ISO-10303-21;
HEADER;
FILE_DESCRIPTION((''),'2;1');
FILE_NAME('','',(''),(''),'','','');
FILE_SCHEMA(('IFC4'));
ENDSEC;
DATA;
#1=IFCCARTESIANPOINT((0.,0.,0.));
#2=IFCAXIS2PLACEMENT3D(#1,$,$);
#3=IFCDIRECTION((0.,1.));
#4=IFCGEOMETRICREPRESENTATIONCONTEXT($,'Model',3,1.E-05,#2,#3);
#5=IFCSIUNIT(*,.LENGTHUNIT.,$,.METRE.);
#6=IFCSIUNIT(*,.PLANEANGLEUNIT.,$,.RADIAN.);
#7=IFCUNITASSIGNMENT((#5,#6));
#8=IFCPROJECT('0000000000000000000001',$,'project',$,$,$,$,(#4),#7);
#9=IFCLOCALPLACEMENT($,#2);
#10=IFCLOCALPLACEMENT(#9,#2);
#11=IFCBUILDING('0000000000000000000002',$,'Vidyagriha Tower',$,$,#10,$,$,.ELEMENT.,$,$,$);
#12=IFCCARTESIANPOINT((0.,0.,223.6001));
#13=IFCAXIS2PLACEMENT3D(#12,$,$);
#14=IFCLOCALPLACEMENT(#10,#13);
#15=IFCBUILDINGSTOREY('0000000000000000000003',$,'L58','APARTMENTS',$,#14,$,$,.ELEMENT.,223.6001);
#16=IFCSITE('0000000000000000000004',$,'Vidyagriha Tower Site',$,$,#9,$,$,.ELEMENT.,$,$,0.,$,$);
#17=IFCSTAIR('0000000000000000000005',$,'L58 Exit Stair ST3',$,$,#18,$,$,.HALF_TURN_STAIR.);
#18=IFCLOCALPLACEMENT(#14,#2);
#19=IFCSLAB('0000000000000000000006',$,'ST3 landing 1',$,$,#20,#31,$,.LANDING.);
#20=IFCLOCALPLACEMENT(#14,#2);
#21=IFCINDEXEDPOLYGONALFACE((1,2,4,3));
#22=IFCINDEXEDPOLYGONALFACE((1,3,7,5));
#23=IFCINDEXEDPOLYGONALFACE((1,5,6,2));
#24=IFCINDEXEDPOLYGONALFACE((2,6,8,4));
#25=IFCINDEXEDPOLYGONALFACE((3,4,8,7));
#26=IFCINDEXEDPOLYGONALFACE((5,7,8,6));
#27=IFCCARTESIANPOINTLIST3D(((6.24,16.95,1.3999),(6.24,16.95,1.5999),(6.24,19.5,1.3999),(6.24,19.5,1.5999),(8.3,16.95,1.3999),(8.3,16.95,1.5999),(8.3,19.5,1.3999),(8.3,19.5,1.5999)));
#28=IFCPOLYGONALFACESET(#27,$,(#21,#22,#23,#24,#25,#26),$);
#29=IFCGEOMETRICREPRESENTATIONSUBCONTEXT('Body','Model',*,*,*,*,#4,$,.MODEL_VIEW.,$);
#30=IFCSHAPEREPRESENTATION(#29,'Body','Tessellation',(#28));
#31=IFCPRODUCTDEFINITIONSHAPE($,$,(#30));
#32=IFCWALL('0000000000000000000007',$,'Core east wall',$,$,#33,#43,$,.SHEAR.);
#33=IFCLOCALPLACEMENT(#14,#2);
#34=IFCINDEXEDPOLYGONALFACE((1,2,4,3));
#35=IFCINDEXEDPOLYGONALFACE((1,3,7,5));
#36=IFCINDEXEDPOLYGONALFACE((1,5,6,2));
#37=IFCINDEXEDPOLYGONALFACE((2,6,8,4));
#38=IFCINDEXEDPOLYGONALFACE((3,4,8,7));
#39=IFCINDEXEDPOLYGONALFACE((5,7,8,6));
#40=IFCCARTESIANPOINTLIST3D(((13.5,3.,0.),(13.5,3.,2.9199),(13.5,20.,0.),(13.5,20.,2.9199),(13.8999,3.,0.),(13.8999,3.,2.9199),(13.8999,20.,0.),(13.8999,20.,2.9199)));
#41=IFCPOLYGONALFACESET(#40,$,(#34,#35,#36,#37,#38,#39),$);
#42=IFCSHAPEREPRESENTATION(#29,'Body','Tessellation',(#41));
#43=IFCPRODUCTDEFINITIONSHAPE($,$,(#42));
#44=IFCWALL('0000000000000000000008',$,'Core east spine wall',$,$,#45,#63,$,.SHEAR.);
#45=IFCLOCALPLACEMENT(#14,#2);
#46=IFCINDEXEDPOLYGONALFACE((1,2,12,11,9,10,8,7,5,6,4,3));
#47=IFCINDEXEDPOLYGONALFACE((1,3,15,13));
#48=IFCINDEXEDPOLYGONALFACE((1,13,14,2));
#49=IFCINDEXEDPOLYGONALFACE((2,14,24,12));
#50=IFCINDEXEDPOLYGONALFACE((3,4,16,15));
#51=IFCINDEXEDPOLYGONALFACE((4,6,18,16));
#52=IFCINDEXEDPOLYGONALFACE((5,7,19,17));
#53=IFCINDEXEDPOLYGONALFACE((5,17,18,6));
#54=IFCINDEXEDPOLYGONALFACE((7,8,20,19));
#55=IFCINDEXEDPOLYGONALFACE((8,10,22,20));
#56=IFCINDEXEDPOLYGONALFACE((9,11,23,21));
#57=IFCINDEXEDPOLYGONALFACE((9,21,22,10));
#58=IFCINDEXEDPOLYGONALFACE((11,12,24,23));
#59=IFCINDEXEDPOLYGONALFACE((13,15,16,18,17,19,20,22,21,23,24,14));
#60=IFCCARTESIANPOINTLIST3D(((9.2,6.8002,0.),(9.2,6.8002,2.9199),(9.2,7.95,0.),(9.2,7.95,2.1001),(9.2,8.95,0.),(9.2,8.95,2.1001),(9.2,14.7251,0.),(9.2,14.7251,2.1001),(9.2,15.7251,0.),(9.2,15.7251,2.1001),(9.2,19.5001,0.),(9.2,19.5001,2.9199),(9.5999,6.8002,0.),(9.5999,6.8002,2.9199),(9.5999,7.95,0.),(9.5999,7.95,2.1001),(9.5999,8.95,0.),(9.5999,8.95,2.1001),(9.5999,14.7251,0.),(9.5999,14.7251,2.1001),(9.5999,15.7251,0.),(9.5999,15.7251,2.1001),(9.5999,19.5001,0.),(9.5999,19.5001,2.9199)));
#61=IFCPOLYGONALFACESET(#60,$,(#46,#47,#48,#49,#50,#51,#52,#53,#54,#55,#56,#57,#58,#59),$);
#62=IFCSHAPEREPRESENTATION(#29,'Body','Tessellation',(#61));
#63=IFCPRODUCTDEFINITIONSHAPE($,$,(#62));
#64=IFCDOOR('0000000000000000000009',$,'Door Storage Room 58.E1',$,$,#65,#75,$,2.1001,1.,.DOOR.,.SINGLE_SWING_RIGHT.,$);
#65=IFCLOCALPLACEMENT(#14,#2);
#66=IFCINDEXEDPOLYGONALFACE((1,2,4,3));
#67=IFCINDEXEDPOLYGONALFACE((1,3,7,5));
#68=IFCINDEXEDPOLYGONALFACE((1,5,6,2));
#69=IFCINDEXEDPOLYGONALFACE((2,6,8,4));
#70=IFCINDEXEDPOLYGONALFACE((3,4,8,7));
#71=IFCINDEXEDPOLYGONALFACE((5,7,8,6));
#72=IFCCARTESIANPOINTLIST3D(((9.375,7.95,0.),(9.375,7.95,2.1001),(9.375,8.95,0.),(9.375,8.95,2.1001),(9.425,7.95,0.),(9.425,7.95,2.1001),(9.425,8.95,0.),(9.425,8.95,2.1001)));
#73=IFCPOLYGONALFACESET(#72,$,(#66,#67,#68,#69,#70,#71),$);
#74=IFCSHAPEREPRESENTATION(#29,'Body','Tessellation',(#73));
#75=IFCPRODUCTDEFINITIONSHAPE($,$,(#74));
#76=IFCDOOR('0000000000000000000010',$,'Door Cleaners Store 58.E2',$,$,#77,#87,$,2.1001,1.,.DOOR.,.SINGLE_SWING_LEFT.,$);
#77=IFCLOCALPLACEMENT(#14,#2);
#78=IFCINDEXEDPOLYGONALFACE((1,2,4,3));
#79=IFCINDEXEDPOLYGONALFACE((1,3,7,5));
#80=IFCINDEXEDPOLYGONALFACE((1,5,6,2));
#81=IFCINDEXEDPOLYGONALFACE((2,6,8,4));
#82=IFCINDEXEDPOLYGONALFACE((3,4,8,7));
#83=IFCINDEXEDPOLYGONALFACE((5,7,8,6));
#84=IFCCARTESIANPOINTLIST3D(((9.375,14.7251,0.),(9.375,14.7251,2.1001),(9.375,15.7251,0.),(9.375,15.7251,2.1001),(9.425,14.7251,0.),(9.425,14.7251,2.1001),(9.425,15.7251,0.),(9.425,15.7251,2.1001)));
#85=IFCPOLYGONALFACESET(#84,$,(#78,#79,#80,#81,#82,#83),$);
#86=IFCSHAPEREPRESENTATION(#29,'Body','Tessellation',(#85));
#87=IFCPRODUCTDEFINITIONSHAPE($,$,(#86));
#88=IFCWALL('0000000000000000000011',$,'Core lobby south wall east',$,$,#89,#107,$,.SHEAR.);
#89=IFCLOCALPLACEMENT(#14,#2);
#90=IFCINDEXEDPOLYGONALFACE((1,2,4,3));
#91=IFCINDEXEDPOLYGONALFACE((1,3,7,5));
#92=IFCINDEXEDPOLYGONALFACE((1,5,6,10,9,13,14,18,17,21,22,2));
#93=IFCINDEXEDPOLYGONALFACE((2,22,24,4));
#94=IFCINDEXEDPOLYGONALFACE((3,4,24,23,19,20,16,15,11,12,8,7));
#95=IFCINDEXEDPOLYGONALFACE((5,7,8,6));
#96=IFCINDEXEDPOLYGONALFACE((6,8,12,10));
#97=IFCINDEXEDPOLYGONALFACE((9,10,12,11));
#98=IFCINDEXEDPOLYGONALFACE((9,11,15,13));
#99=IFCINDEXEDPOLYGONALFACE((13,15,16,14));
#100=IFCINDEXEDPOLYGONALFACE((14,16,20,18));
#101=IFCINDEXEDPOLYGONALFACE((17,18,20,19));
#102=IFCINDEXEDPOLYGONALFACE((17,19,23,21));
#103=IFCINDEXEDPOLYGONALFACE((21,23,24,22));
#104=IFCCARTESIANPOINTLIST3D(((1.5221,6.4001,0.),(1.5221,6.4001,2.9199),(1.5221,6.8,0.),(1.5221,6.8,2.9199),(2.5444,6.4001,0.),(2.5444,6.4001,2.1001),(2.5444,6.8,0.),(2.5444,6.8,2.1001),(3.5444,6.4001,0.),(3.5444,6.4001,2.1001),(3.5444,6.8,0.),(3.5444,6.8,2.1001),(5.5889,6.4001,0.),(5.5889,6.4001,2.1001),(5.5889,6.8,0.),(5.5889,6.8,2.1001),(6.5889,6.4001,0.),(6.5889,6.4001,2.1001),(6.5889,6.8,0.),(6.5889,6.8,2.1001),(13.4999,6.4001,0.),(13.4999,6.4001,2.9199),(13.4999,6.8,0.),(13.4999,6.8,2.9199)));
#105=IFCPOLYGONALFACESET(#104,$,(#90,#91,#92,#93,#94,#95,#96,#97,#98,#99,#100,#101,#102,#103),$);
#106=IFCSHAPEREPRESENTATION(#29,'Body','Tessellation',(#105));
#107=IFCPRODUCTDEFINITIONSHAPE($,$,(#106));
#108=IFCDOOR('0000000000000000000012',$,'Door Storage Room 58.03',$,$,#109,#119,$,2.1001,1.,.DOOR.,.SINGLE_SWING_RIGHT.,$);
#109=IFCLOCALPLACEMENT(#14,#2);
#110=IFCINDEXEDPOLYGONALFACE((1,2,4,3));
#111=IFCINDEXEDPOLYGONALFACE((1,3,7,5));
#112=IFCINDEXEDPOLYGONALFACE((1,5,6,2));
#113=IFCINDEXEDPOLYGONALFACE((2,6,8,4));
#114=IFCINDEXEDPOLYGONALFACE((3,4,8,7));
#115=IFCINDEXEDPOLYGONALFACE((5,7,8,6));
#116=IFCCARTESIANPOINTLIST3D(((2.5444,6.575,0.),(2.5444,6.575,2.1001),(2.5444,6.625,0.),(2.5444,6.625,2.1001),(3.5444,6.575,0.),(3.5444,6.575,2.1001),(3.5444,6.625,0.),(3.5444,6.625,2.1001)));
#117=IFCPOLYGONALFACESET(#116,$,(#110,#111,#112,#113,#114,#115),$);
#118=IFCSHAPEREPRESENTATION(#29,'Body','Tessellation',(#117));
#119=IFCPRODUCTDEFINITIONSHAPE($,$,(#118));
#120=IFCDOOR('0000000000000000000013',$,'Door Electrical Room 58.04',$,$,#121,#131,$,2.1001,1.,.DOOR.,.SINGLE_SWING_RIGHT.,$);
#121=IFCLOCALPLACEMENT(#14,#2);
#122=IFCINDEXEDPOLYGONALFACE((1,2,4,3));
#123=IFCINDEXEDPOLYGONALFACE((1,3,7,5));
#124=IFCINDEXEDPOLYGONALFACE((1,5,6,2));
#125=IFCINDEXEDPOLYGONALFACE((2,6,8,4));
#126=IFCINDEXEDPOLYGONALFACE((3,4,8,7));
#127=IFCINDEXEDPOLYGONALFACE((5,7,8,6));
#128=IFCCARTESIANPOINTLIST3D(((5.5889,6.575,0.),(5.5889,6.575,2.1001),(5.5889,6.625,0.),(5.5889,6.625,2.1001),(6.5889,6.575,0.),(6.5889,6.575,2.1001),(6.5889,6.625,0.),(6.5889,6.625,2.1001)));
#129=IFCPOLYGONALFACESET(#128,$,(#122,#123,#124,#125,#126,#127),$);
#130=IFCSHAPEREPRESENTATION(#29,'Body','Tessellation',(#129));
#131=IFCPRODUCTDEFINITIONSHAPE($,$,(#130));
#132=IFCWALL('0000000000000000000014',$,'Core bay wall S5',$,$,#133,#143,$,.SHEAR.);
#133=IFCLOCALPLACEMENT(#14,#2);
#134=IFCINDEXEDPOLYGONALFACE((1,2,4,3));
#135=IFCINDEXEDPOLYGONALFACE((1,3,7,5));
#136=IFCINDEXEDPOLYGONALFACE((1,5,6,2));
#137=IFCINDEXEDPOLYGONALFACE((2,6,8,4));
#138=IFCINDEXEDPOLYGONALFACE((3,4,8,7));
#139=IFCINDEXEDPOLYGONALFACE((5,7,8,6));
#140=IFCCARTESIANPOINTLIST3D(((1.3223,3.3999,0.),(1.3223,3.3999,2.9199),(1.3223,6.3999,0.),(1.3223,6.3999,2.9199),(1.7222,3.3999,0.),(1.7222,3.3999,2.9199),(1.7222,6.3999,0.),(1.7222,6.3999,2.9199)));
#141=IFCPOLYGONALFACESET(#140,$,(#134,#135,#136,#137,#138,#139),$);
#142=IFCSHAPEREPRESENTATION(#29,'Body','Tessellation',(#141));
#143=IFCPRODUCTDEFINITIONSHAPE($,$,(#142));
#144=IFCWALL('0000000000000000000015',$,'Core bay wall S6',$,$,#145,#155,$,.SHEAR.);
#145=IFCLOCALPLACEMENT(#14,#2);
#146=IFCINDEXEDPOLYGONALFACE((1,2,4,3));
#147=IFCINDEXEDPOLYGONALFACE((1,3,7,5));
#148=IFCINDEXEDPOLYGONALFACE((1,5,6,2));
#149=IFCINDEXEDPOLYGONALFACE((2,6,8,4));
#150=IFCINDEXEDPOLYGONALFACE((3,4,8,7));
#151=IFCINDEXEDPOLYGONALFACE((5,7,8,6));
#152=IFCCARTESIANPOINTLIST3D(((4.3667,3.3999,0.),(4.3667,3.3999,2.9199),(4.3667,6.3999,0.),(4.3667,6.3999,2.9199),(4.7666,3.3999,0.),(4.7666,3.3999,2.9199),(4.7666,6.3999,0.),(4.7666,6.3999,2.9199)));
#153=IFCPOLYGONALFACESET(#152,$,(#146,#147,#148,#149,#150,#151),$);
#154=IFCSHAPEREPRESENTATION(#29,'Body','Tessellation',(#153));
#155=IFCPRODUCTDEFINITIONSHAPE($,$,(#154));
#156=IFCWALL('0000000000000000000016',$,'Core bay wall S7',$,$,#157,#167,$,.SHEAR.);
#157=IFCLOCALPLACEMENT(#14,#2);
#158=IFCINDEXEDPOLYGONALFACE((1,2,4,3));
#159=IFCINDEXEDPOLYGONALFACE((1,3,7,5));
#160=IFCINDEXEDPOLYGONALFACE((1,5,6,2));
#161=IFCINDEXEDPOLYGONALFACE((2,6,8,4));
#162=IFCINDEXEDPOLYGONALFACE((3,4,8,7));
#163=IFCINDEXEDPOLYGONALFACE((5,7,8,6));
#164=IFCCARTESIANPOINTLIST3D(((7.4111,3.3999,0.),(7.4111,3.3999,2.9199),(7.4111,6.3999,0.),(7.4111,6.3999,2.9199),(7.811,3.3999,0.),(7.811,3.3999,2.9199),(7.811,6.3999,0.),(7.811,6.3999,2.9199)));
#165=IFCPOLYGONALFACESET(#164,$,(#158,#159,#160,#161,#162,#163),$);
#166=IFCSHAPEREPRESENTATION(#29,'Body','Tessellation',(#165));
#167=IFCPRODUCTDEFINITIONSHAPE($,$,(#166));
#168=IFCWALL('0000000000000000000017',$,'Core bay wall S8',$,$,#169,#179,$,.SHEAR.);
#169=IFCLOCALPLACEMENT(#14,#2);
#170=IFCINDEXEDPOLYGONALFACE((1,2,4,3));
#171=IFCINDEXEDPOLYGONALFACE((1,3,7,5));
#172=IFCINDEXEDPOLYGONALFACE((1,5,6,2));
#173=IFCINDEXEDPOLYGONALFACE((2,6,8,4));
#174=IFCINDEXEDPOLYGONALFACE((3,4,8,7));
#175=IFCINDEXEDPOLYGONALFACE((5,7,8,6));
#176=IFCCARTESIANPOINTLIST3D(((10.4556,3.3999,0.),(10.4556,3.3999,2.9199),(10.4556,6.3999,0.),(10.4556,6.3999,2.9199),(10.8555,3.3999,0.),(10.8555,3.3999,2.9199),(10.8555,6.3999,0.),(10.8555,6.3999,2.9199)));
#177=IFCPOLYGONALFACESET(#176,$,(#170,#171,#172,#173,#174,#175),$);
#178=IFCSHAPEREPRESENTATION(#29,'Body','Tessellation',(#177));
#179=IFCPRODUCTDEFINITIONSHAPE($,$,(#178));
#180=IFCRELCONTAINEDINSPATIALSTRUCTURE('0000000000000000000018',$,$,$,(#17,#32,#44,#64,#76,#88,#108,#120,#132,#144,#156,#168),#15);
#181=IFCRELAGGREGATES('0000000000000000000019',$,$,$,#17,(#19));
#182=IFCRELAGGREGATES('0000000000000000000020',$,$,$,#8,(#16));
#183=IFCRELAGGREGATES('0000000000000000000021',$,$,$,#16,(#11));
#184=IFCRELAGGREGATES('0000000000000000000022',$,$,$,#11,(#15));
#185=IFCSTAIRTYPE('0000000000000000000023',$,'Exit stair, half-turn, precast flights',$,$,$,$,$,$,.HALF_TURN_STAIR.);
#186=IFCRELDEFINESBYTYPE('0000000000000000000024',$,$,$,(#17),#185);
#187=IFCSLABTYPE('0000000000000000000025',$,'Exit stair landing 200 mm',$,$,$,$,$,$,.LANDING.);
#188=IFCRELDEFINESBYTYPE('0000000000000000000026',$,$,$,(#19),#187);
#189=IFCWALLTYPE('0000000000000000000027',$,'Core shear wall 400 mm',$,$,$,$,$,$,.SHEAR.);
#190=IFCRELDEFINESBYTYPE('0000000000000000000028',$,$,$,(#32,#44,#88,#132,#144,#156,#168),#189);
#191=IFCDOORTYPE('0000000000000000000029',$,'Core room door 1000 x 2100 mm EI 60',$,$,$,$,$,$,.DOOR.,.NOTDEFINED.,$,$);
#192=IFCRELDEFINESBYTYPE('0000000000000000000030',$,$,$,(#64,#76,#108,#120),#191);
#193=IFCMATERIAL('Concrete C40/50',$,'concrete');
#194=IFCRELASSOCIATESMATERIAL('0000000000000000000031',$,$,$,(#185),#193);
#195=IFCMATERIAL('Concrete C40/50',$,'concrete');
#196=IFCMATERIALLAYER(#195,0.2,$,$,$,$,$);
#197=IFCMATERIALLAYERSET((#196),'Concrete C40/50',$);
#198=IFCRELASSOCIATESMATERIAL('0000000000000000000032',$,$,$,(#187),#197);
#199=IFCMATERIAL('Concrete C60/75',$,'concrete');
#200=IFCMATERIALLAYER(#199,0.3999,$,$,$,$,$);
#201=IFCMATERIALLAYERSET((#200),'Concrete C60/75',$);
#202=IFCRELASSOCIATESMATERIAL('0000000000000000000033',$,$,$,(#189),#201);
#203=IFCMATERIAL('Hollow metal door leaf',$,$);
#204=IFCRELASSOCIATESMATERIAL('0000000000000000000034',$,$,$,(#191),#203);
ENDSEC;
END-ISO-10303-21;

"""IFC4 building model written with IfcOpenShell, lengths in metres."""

from ifc_helpers import new_model, si_unit, direction, frame, frame_2d, origin, place, context, subcontext, project, spatial, polyline, rectangle, outline, extrude, material, layer, layer_set, type_object, element, fill, aggregate, save


model = new_model("IFC4")

# Units and contexts
model_context = context("Model", 3, precision=1e-05, world=origin(), true_north=direction((0.0, 1.0)))
body_context = subcontext(model_context, "Body", "Model", "MODEL_VIEW")
ifc_project = project(units=[si_unit("LENGTHUNIT", "METRE"), si_unit("PLANEANGLEUNIT", "RADIAN")], contexts=[model_context])

# Site, building, storey
site_placement = place(None, origin())
site = spatial("IfcSite", under=ifc_project, at=site_placement, Name="Vidyagriha Tower Site", CompositionType="ELEMENT", RefElevation=0.0)
building_placement = place(site_placement, origin())
building = spatial("IfcBuilding", under=site, at=building_placement, Name="Vidyagriha Tower", CompositionType="ELEMENT")
storey_placement = place(building_placement, frame((0.0, 0.0, 223.6001)))
storey = spatial("IfcBuildingStorey", under=building, at=storey_placement, Name="L58", Description="APARTMENTS", CompositionType="ELEMENT", Elevation=223.6001)

# Stair, slab
ifc_material_1 = material(Name="Concrete C40/50", Category="concrete")
stair_type = type_object("IfcStairType", Name="Exit stair, half-turn, precast flights", PredefinedType="HALF_TURN_STAIR", material=ifc_material_1)
stair_placement = place(storey_placement, origin())
stair = element("IfcStair", 1, at=stair_placement, inside=storey, type_object=stair_type, Name="L58 Exit Stair ST3", PredefinedType="HALF_TURN_STAIR")
ifc_material_2 = material(Name="Concrete C40/50", Category="concrete")
ifc_layer_1 = layer(ifc_material_2, 0.2)
ifc_layer_set_1 = layer_set([ifc_layer_1], Name="Concrete C40/50")
slab_type = type_object("IfcSlabType", Name="Exit stair landing 200 mm", PredefinedType="LANDING", material=ifc_layer_set_1)
slab_placement = place(storey_placement, frame((0.0, 0.0, 1.3999)))
slab = element("IfcSlab", 2, at=slab_placement, type_object=slab_type, Name="ST3 landing 1", PredefinedType="LANDING", context=body_context, shape_type="SweptSolid", body=[
    extrude(outline(polyline([(6.24, 16.95), (8.3, 16.95), (8.3, 19.5), (6.24, 19.5), (6.24, 16.95)])), origin(), (0.0, 0.0, 1.0), 0.2),
])
aggregate(stair, [slab])

# Wall
ifc_material_3 = material(Name="Concrete C60/75", Category="concrete")
ifc_layer_2 = layer(ifc_material_3, 0.3999)
ifc_layer_set_2 = layer_set([ifc_layer_2], Name="Concrete C60/75")
wall_type_1 = type_object("IfcWallType", Name="Core shear wall 400 mm", PredefinedType="SHEAR", material=ifc_layer_set_2)
wall_1_placement = place(storey_placement, frame((13.7, 3.0, 0.0), z_axis=(0.0, 0.0, 1.0), x_axis=(0.0, 1.0, 0.0)))
element("IfcWall", 3, at=wall_1_placement, inside=storey, type_object=wall_type_1, Name="Core east wall", PredefinedType="SHEAR", context=body_context, shape_type="SweptSolid", body=[
    extrude(rectangle(XDim=17.0, YDim=0.3999, at=frame_2d((8.5, 0.0))), origin(), (0.0, 0.0, 1.0), 2.9199),
])

# Walls, openings, doors
wall_2_placement = place(storey_placement, frame((9.3999, 6.8, 0.0), z_axis=(0.0, 0.0, 1.0), x_axis=(0.0, 1.0, 0.0)))
wall_2 = element("IfcWall", 4, at=wall_2_placement, inside=storey, type_object=wall_type_1, Name="Core east spine wall", PredefinedType="SHEAR", context=body_context, shape_type="SweptSolid", body=[
    extrude(rectangle(XDim=12.7, YDim=0.3999, at=frame_2d((6.3501, 0.0))), origin(), (0.0, 0.0, 1.0), 2.9199),
])
opening_1_placement = place(wall_2_placement, frame((1.1499, 0.0, 0.0)))
opening_1 = element("IfcOpeningElement", 5, at=opening_1_placement, cuts=wall_2, PredefinedType="OPENING", context=body_context, shape_type="SweptSolid", body=[
    extrude(rectangle(XDim=1.0, YDim=2.1001, at=frame_2d((0.5, 1.05))), frame((0.0, 0.21, 0.0), z_axis=(0.0, -1.0, 0.0), x_axis=(1.0, 0.0, 0.0)), (0.0, 0.0, 1.0), 0.4199),
])
opening_2_placement = place(wall_2_placement, frame((7.925, 0.0, 0.0)))
opening_2 = element("IfcOpeningElement", 6, at=opening_2_placement, cuts=wall_2, PredefinedType="OPENING", context=body_context, shape_type="SweptSolid", body=[
    extrude(rectangle(XDim=1.0, YDim=2.1001, at=frame_2d((0.5, 1.05))), frame((0.0, 0.21, 0.0), z_axis=(0.0, -1.0, 0.0), x_axis=(1.0, 0.0, 0.0)), (0.0, 0.0, 1.0), 0.4199),
])
ifc_material_4 = material(Name="Hollow metal door leaf")
door_type_1 = type_object("IfcDoorType", Name="Core room door 1000 x 2100 mm EI 60", OperationType="NOTDEFINED", PredefinedType="DOOR", material=ifc_material_4)
door_1_placement = place(opening_1_placement, origin())
door_1 = element("IfcDoor", 7, at=door_1_placement, inside=storey, type_object=door_type_1, Name="Door Storage Room 58.E1", OperationType="SINGLE_SWING_RIGHT", OverallHeight=2.1001, OverallWidth=1.0, PredefinedType="DOOR", context=body_context, shape_type="SweptSolid", body=[
    extrude(rectangle(XDim=1.0, YDim=2.1001, at=frame_2d((0.5, 1.05))), frame((0.0, 0.0249, 0.0), z_axis=(0.0, -1.0, 0.0), x_axis=(1.0, 0.0, 0.0)), (0.0, 0.0, 1.0), 0.05),
])
fill(opening_1, door_1)
door_2_placement = place(opening_2_placement, origin())
door_2 = element("IfcDoor", 8, at=door_2_placement, inside=storey, type_object=door_type_1, Name="Door Cleaners Store 58.E2", OperationType="SINGLE_SWING_LEFT", OverallHeight=2.1001, OverallWidth=1.0, PredefinedType="DOOR", context=body_context, shape_type="SweptSolid", body=[
    extrude(rectangle(XDim=1.0, YDim=2.1001, at=frame_2d((0.5, 1.05))), frame((0.0, 0.0249, 0.0), z_axis=(0.0, -1.0, 0.0), x_axis=(1.0, 0.0, 0.0)), (0.0, 0.0, 1.0), 0.05),
])
fill(opening_2, door_2)
wall_3_placement = place(storey_placement, frame((1.5222, 6.6001, 0.0)))
wall_3 = element("IfcWall", 9, at=wall_3_placement, inside=storey, type_object=wall_type_1, Name="Core lobby south wall east", PredefinedType="SHEAR", context=body_context, shape_type="SweptSolid", body=[
    extrude(rectangle(XDim=11.9778, YDim=0.3999, at=frame_2d((5.9888, 0.0))), origin(), (0.0, 0.0, 1.0), 2.9199),
])
opening_3_placement = place(wall_3_placement, frame((1.0222, 0.0, 0.0)))
opening_3 = element("IfcOpeningElement", 10, at=opening_3_placement, cuts=wall_3, PredefinedType="OPENING", context=body_context, shape_type="SweptSolid", body=[
    extrude(rectangle(XDim=1.0, YDim=2.1001, at=frame_2d((0.5, 1.05))), frame((0.0, 0.21, 0.0), z_axis=(0.0, -1.0, 0.0), x_axis=(1.0, 0.0, 0.0)), (0.0, 0.0, 1.0), 0.4199),
])
opening_4_placement = place(wall_3_placement, frame((4.0667, 0.0, 0.0)))
opening_4 = element("IfcOpeningElement", 11, at=opening_4_placement, cuts=wall_3, PredefinedType="OPENING", context=body_context, shape_type="SweptSolid", body=[
    extrude(rectangle(XDim=1.0, YDim=2.1001, at=frame_2d((0.5, 1.05))), frame((0.0, 0.21, 0.0), z_axis=(0.0, -1.0, 0.0), x_axis=(1.0, 0.0, 0.0)), (0.0, 0.0, 1.0), 0.4199),
])
door_3_placement = place(opening_3_placement, origin())
door_3 = element("IfcDoor", 12, at=door_3_placement, inside=storey, type_object=door_type_1, Name="Door Storage Room 58.03", OperationType="SINGLE_SWING_RIGHT", OverallHeight=2.1001, OverallWidth=1.0, PredefinedType="DOOR", context=body_context, shape_type="SweptSolid", body=[
    extrude(rectangle(XDim=1.0, YDim=2.1001, at=frame_2d((0.5, 1.05))), frame((0.0, 0.0249, 0.0), z_axis=(0.0, -1.0, 0.0), x_axis=(1.0, 0.0, 0.0)), (0.0, 0.0, 1.0), 0.05),
])
fill(opening_3, door_3)
door_4_placement = place(opening_4_placement, origin())
door_4 = element("IfcDoor", 13, at=door_4_placement, inside=storey, type_object=door_type_1, Name="Door Electrical Room 58.04", OperationType="SINGLE_SWING_RIGHT", OverallHeight=2.1001, OverallWidth=1.0, PredefinedType="DOOR", context=body_context, shape_type="SweptSolid", body=[
    extrude(rectangle(XDim=1.0, YDim=2.1001, at=frame_2d((0.5, 1.05))), frame((0.0, 0.0249, 0.0), z_axis=(0.0, -1.0, 0.0), x_axis=(1.0, 0.0, 0.0)), (0.0, 0.0, 1.0), 0.05),
])
fill(opening_4, door_4)

# Walls
for number, where, z_axis, x_axis, name in (
    (14, (1.5222, 3.3999, 0.0), (0.0, 0.0, 1.0), (0.0, 1.0, 0.0), "Core bay wall S5"),
    (15, (4.5667, 3.3999, 0.0), (0.0, 0.0, 1.0), (0.0, 1.0, 0.0), "Core bay wall S6"),
    (16, (7.6111, 3.3999, 0.0), (0.0, 0.0, 1.0), (0.0, 1.0, 0.0), "Core bay wall S7"),
    (17, (10.6555, 3.3999, 0.0), (0.0, 0.0, 1.0), (0.0, 1.0, 0.0), "Core bay wall S8"),
):
    element("IfcWall", number, at=place(storey_placement, frame(where, z_axis=z_axis, x_axis=x_axis)), inside=storey, type_object=wall_type_1, Name=name, PredefinedType="SHEAR", context=body_context, shape_type="SweptSolid", body=[
        extrude(rectangle(XDim=3.0, YDim=0.3999, at=frame_2d((1.5, 0.0))), origin(), (0.0, 0.0, 1.0), 2.9199),
    ])

save(model, "model.ifc")
